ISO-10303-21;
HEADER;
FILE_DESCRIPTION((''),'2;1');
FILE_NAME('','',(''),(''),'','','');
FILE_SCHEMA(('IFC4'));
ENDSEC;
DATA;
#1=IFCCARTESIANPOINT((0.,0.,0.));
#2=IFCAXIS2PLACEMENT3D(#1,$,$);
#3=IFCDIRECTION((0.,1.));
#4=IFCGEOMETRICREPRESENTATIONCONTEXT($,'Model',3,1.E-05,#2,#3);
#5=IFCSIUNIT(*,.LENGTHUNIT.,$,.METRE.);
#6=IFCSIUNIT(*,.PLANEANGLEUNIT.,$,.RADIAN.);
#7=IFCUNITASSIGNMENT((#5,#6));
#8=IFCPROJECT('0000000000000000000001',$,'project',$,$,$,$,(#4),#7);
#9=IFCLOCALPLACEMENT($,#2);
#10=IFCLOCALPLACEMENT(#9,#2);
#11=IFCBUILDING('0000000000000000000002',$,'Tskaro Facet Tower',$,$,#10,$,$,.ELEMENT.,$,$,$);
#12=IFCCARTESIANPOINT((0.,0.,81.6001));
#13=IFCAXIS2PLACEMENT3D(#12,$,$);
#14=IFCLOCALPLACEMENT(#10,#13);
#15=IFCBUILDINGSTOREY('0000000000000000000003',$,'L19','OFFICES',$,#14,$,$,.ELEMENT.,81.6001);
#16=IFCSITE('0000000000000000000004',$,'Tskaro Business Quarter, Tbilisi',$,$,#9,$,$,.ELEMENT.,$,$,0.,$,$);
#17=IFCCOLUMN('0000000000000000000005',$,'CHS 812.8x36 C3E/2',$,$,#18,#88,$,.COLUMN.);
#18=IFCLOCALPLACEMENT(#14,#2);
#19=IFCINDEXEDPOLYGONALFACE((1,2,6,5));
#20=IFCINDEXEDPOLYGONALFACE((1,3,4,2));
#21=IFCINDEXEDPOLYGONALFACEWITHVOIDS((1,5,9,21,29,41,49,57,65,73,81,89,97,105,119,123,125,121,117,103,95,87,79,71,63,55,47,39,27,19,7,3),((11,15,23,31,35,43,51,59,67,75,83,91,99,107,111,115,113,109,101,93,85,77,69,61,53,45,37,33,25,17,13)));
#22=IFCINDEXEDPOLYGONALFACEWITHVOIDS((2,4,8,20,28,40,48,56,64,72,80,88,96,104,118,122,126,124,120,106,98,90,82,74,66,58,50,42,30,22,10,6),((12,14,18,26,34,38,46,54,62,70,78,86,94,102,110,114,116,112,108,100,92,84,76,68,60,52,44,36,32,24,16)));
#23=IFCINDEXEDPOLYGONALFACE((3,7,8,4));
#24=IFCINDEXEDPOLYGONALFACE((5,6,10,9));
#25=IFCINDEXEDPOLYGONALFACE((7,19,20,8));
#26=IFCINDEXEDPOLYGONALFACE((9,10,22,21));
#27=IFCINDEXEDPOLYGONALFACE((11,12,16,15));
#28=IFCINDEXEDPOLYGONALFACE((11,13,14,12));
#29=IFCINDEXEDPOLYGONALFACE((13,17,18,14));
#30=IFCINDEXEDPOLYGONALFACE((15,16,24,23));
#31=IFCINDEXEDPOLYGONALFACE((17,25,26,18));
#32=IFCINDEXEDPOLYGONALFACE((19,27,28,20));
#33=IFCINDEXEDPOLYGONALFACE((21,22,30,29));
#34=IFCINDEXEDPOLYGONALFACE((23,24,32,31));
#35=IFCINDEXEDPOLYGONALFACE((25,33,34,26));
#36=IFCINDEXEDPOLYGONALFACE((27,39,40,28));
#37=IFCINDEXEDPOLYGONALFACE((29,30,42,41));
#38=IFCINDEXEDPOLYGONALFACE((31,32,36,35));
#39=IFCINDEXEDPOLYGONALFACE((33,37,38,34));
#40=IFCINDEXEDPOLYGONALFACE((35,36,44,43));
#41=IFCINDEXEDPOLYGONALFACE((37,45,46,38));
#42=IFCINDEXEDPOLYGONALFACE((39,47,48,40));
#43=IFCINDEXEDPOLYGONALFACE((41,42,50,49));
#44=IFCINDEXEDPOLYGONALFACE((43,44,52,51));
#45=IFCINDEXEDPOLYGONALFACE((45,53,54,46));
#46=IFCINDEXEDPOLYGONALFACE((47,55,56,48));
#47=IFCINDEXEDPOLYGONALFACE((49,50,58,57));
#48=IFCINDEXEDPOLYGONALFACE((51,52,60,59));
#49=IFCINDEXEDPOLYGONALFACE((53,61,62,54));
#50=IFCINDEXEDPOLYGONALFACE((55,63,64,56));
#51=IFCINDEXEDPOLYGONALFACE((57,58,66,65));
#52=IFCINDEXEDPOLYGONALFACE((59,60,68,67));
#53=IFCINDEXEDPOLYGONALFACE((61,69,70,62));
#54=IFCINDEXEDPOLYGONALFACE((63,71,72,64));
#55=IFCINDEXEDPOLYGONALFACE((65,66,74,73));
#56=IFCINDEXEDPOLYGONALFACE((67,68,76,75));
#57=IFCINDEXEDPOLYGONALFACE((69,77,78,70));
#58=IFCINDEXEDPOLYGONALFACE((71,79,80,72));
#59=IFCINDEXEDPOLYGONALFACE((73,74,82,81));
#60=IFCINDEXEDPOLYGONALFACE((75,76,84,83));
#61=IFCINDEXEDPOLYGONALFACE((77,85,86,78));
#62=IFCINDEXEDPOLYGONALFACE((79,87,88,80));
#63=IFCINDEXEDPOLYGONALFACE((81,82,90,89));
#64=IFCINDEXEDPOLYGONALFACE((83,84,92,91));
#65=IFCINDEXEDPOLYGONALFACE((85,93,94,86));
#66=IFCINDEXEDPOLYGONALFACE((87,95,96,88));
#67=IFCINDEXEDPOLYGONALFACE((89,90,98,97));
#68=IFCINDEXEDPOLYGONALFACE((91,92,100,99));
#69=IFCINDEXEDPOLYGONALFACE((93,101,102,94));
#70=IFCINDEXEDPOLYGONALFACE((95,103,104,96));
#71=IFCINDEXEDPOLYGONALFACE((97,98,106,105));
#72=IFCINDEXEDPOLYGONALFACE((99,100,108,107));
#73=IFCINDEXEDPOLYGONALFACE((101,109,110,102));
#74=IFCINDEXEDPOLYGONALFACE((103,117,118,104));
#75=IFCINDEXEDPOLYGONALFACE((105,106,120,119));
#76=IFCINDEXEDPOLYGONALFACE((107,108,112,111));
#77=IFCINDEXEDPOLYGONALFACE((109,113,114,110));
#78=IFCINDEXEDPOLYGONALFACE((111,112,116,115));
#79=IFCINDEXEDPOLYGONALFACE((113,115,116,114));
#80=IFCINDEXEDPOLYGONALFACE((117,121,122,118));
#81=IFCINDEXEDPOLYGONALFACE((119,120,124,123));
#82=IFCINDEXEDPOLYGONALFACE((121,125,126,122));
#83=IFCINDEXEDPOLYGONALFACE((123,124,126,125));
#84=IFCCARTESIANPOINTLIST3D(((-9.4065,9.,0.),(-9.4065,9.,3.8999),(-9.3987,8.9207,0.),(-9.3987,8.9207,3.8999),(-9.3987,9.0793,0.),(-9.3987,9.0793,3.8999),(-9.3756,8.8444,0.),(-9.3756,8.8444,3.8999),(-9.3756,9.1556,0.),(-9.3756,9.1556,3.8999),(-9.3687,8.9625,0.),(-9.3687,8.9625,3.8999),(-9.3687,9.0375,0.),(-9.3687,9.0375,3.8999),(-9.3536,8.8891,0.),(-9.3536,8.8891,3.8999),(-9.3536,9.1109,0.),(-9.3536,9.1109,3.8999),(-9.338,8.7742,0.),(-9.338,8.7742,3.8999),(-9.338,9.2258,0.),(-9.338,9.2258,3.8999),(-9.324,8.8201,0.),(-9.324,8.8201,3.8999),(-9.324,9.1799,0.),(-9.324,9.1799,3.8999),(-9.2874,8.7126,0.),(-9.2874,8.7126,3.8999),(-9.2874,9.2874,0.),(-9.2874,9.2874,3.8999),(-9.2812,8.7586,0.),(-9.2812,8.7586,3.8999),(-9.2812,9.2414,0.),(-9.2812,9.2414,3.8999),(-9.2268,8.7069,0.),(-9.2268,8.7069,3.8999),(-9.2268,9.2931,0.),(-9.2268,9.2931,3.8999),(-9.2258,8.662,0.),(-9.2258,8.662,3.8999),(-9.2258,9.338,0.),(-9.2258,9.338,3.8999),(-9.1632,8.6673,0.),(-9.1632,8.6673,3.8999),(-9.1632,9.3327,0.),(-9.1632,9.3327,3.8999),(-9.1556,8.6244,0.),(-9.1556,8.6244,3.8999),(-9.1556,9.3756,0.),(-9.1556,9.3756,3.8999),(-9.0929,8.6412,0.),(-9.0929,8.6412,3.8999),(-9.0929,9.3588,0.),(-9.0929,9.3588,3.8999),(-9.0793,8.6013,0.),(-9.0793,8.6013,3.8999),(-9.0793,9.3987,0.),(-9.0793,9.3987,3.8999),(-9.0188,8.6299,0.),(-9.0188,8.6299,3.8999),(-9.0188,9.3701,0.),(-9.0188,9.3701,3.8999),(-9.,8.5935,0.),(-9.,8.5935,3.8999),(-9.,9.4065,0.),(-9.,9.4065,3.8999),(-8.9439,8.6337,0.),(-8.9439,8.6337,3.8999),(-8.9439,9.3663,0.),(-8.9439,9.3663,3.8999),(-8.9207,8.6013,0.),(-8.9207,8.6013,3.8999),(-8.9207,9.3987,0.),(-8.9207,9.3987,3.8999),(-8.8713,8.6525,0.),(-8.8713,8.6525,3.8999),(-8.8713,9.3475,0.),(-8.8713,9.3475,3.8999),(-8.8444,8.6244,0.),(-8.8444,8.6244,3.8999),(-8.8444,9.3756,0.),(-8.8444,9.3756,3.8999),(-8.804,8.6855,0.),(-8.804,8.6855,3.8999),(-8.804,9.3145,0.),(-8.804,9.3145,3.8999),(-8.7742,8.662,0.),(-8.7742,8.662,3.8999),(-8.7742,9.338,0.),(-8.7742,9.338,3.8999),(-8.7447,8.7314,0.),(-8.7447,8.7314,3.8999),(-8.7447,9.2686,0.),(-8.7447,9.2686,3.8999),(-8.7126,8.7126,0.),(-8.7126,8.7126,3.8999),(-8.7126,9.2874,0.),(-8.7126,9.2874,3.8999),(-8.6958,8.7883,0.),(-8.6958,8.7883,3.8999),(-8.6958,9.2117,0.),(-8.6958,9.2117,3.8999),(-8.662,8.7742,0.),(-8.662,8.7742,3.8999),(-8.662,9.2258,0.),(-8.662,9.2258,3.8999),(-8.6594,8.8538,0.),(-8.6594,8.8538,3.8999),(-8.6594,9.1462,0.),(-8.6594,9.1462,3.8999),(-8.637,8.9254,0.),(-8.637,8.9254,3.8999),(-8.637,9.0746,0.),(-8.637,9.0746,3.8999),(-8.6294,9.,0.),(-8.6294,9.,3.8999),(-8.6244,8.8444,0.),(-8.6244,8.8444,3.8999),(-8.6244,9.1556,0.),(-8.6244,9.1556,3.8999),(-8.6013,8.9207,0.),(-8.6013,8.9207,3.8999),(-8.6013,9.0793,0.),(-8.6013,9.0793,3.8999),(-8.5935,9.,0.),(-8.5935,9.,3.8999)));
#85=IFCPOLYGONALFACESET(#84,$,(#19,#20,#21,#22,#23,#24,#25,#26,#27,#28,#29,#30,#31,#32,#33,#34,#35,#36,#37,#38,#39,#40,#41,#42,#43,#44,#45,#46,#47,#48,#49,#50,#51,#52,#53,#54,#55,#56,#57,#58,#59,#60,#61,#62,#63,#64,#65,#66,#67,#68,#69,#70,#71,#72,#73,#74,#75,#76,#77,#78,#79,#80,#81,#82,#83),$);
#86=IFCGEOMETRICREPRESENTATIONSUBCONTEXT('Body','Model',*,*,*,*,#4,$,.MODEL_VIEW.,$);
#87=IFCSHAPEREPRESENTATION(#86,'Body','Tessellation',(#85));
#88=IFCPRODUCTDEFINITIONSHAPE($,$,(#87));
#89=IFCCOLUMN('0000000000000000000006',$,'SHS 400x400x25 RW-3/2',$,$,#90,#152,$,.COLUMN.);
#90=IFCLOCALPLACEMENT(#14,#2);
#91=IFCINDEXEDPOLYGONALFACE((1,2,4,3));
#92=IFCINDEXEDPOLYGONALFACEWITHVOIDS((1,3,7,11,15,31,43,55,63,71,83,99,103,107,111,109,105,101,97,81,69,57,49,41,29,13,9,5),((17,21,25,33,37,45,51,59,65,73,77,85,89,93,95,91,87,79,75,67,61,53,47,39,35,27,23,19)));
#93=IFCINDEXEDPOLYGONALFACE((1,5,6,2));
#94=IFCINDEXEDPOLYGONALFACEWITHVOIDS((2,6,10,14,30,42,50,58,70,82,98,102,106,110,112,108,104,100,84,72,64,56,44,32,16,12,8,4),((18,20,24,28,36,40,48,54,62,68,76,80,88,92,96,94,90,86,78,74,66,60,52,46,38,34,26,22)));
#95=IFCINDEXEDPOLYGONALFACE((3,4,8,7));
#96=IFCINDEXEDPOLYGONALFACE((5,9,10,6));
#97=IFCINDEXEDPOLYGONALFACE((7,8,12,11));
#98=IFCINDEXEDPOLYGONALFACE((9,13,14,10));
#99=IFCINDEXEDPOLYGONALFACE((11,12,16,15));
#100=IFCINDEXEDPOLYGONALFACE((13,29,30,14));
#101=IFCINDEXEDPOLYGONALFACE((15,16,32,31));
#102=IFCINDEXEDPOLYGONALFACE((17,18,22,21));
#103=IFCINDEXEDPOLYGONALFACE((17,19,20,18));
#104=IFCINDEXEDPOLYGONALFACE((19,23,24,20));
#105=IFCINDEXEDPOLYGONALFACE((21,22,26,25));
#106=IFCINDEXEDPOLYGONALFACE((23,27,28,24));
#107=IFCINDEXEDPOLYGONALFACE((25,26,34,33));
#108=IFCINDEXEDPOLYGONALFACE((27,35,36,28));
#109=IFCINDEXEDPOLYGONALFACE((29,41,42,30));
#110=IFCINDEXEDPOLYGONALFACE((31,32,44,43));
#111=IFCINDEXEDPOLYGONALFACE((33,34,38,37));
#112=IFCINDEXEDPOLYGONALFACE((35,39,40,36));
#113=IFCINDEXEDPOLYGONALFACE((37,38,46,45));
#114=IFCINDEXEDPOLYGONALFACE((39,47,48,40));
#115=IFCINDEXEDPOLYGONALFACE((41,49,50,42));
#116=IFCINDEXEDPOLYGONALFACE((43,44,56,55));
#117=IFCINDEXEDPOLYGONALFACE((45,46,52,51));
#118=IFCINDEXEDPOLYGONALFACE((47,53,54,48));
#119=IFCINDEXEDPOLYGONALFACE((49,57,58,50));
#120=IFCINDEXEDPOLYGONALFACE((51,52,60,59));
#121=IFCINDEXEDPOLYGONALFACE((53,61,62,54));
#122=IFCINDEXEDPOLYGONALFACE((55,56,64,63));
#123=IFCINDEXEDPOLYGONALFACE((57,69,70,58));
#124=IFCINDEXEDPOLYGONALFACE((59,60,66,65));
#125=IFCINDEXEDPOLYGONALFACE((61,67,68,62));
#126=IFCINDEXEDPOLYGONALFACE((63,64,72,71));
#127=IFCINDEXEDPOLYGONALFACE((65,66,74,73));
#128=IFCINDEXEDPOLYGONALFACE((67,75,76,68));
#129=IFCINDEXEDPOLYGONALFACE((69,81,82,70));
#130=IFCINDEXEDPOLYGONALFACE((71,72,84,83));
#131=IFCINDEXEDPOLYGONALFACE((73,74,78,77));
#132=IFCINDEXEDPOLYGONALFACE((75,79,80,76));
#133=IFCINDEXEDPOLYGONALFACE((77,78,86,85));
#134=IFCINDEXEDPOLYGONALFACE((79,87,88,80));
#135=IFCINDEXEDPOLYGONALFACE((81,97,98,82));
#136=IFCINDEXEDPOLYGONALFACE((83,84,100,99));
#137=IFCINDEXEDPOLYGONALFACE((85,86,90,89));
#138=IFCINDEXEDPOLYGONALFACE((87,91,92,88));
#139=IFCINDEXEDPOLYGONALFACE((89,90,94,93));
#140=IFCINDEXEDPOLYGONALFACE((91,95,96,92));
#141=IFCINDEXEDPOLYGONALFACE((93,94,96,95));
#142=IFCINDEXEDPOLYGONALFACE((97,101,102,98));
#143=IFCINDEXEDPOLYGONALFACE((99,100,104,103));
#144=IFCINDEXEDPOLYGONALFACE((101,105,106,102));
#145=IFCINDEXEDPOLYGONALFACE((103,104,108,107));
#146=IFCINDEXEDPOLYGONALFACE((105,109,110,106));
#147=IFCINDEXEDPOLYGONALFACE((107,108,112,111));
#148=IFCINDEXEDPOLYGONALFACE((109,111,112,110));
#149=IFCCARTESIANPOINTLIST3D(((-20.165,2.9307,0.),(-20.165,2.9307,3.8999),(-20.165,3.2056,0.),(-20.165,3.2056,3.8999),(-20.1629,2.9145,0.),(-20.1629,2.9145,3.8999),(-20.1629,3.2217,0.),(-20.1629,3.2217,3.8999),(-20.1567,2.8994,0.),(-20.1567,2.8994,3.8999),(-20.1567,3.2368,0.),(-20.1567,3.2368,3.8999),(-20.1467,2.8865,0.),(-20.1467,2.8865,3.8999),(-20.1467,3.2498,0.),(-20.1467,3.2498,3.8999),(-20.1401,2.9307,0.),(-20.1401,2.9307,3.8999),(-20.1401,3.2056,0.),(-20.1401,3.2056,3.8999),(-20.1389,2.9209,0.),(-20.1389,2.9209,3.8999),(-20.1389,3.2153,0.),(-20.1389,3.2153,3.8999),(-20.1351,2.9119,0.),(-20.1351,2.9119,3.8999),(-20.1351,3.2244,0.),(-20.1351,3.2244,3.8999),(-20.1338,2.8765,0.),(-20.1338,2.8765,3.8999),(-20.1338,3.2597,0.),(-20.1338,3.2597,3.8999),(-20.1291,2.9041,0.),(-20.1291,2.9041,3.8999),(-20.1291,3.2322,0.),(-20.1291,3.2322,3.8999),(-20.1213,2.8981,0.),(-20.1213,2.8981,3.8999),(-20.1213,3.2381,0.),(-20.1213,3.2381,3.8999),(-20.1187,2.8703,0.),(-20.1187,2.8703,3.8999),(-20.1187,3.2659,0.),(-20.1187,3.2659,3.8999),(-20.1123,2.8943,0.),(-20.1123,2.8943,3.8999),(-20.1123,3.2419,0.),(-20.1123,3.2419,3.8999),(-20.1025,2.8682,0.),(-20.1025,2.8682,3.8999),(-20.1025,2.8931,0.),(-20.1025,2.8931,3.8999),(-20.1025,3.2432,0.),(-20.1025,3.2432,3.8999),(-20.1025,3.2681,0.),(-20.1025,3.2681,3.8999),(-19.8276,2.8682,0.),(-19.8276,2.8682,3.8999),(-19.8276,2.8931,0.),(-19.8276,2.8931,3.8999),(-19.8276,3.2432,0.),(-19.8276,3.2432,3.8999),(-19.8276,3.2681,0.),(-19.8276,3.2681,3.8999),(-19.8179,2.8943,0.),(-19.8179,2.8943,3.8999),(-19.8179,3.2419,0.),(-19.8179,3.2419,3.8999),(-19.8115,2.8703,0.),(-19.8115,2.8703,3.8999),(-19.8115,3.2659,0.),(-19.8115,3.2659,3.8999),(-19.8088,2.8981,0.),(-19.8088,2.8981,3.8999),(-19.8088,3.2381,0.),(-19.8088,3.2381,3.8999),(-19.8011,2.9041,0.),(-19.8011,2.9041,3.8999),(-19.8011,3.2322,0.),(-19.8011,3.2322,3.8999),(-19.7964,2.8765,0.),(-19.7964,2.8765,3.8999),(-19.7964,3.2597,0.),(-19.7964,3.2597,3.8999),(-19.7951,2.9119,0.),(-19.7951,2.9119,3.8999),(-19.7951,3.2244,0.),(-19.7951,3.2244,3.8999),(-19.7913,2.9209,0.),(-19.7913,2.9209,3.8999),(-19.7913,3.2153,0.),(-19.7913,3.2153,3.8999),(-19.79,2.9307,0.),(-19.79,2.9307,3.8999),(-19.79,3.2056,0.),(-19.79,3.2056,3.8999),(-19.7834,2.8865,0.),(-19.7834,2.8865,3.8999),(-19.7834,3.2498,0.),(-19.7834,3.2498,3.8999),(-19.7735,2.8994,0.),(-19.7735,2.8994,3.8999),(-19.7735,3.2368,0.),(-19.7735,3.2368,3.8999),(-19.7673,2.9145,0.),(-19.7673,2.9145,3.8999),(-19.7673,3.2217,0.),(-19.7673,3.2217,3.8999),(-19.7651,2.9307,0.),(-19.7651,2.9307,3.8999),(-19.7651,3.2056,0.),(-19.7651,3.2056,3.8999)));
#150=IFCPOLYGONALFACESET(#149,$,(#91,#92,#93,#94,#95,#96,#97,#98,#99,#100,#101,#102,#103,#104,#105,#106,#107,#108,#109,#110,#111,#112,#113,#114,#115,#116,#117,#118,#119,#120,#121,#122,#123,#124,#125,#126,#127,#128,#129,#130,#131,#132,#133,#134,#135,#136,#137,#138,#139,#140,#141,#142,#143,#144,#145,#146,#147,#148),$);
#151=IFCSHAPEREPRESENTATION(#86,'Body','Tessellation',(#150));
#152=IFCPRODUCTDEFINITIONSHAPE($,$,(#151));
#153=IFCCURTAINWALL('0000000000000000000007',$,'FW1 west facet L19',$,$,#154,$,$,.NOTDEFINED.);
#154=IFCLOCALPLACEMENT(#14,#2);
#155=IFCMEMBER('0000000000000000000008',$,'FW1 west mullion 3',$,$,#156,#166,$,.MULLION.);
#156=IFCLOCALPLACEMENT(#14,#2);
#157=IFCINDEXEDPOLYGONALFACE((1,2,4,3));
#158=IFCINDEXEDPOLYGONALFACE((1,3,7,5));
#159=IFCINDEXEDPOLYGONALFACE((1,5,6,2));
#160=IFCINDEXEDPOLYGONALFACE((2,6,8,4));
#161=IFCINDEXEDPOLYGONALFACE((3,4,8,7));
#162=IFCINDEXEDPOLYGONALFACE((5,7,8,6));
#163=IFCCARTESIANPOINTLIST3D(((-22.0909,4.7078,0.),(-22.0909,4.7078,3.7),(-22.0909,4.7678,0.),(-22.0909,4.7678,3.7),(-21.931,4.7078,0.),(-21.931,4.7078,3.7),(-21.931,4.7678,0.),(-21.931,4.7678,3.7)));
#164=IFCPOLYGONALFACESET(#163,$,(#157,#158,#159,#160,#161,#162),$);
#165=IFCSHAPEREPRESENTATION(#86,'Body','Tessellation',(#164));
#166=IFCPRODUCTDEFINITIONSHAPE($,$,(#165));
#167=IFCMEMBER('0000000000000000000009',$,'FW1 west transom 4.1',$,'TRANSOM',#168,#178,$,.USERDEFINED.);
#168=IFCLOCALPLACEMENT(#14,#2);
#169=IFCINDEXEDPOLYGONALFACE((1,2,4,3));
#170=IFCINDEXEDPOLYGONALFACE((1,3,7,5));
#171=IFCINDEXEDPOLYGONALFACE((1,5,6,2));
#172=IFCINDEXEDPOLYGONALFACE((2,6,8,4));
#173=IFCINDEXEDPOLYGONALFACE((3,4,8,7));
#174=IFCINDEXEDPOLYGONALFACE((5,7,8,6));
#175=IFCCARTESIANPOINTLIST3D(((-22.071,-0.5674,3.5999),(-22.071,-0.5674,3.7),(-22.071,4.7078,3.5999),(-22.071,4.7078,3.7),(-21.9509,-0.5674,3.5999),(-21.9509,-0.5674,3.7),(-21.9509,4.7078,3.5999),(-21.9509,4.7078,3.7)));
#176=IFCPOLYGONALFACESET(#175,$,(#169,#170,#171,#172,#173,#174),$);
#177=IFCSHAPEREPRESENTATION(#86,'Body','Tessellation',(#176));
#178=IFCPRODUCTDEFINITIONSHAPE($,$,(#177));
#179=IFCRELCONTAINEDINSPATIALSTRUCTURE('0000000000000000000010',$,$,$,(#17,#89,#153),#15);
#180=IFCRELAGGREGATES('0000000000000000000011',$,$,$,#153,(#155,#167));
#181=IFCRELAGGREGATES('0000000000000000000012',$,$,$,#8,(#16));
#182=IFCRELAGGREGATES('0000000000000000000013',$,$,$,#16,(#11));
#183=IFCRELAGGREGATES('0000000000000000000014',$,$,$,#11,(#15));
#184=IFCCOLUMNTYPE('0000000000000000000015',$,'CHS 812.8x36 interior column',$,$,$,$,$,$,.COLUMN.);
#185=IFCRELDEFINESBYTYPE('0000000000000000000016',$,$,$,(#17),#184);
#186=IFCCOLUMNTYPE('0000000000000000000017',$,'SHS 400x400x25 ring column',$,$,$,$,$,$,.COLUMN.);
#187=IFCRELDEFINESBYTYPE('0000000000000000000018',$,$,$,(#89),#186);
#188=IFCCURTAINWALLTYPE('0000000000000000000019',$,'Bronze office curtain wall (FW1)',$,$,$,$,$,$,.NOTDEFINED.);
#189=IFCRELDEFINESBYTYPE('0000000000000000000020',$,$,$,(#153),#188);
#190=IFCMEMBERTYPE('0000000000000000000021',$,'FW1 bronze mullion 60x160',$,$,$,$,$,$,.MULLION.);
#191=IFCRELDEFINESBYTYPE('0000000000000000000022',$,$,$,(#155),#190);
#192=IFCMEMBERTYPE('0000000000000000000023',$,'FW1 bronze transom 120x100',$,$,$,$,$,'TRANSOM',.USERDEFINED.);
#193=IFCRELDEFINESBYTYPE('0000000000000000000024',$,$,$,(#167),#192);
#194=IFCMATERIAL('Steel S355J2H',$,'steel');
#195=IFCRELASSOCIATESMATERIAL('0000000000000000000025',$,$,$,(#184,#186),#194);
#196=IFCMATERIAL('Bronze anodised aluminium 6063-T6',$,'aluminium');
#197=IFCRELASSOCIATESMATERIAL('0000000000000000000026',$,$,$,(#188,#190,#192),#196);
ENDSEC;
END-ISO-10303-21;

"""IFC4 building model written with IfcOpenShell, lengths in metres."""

from ifc_helpers import new_model, si_unit, direction, frame, origin, origin_2d, place, context, subcontext, project, spatial, rectangle, hollow_rectangle, hollow_circle, extrude, material, material_profile, profile_set, type_object, element, aggregate, save


model = new_model("IFC4")

# Units and contexts
model_context = context("Model", 3, precision=1e-05, world=origin(), true_north=direction((0.0, 1.0)))
body_context = subcontext(model_context, "Body", "Model", "MODEL_VIEW")
ifc_project = project(units=[si_unit("LENGTHUNIT", "METRE"), si_unit("PLANEANGLEUNIT", "RADIAN")], contexts=[model_context])

# Site, building, storey
site_placement = place(None, origin())
site = spatial("IfcSite", under=ifc_project, at=site_placement, Name="Tskaro Business Quarter, Tbilisi", CompositionType="ELEMENT", RefElevation=0.0)
building_placement = place(site_placement, origin())
building = spatial("IfcBuilding", under=site, at=building_placement, Name="Tskaro Facet Tower", CompositionType="ELEMENT")
storey_placement = place(building_placement, frame((0.0, 0.0, 81.6001)))
storey = spatial("IfcBuildingStorey", under=building, at=storey_placement, Name="L19", Description="OFFICES", CompositionType="ELEMENT", Elevation=81.6001)

# Columns
ifc_material_1 = material(Name="Steel S355J2H", Category="steel")
ifc_material_profile_1 = material_profile(ifc_material_1, hollow_circle(Radius=0.4065, WallThickness=0.0359, at=origin_2d()), Name="CHS 812.8x36")
ifc_profile_set_1 = profile_set([ifc_material_profile_1], Name="Steel S355J2H")
column_type_1 = type_object("IfcColumnType", Name="CHS 812.8x36 interior column", PredefinedType="COLUMN", material=ifc_profile_set_1)
column_1_placement = place(storey_placement, frame((-9.0, 9.0, 0.0), z_axis=(0.0, 0.0, 1.0), x_axis=(1.0, 0.0, 0.0)))
element("IfcColumn", 1, at=column_1_placement, inside=storey, type_object=column_type_1, Name="CHS 812.8x36 C3E/2", PredefinedType="COLUMN", context=body_context, shape_type="SweptSolid", body=[
    extrude(hollow_circle(Radius=0.4065, WallThickness=0.0359, at=origin_2d()), origin(), (0.0, 0.0, 1.0), 3.8999),
])
ifc_material_profile_2 = material_profile(ifc_material_1, hollow_rectangle(XDim=0.3999, YDim=0.3999, WallThickness=0.0249, InnerFilletRadius=0.0376, OuterFilletRadius=0.0625, at=origin_2d()), Name="SHS 400x400x25")
ifc_profile_set_2 = profile_set([ifc_material_profile_2], Name="Steel S355J2H")
column_type_2 = type_object("IfcColumnType", Name="SHS 400x400x25 ring column", PredefinedType="COLUMN", material=ifc_profile_set_2)
column_2_placement = place(storey_placement, frame((-19.9651, 3.0681, 0.0), z_axis=(0.0, 0.0, 1.0), x_axis=(1.0, 0.0, 0.0)))
element("IfcColumn", 2, at=column_2_placement, inside=storey, type_object=column_type_2, Name="SHS 400x400x25 RW-3/2", PredefinedType="COLUMN", context=body_context, shape_type="SweptSolid", body=[
    extrude(hollow_rectangle(XDim=0.3999, YDim=0.3999, WallThickness=0.0249, InnerFilletRadius=0.0376, OuterFilletRadius=0.0625, at=origin_2d()), origin(), (0.0, 0.0, 1.0), 3.8999),
])

# Curtain wall, members
ifc_material_2 = material(Name="Bronze anodised aluminium 6063-T6", Category="aluminium")
curtain_wall_type = type_object("IfcCurtainWallType", Name="Bronze office curtain wall (FW1)", PredefinedType="NOTDEFINED", material=ifc_material_2)
curtain_wall_placement = place(storey_placement, origin())
curtain_wall = element("IfcCurtainWall", 3, at=curtain_wall_placement, inside=storey, type_object=curtain_wall_type, Name="FW1 west facet L19", PredefinedType="NOTDEFINED")
ifc_material_profile_3 = material_profile(ifc_material_2, rectangle(XDim=0.0601, YDim=0.1599, at=origin_2d()), Name="Mullion 60x160")
ifc_profile_set_3 = profile_set([ifc_material_profile_3], Name="Bronze anodised aluminium 6063-T6")
member_type_1 = type_object("IfcMemberType", Name="FW1 bronze mullion 60x160", PredefinedType="MULLION", material=ifc_profile_set_3)
member_1_placement = place(storey_placement, frame((-22.011, 4.7378, 0.0), z_axis=(0.0, 0.0, 1.0), x_axis=(0.0, -1.0, 0.0)))
member_1 = element("IfcMember", 4, at=member_1_placement, type_object=member_type_1, Name="FW1 west mullion 3", PredefinedType="MULLION", context=body_context, shape_type="SweptSolid", body=[
    extrude(rectangle(XDim=0.0601, YDim=0.1599, at=origin_2d()), origin(), (0.0, 0.0, 1.0), 3.7),
])
ifc_material_profile_4 = material_profile(ifc_material_2, rectangle(XDim=0.1201, YDim=0.1001, at=origin_2d()), Name="Transom 120x100")
ifc_profile_set_4 = profile_set([ifc_material_profile_4], Name="Bronze anodised aluminium 6063-T6")
member_type_2 = type_object("IfcMemberType", Name="FW1 bronze transom 120x100", ElementType="TRANSOM", PredefinedType="USERDEFINED", material=ifc_profile_set_4)
member_2_placement = place(storey_placement, frame((-22.011, 4.7078, 3.6499), z_axis=(0.0, -1.0, 0.0), x_axis=(1.0, 0.0, 0.0)))
member_2 = element("IfcMember", 5, at=member_2_placement, type_object=member_type_2, Name="FW1 west transom 4.1", ObjectType="TRANSOM", PredefinedType="USERDEFINED", context=body_context, shape_type="SweptSolid", body=[
    extrude(rectangle(XDim=0.1201, YDim=0.1001, at=origin_2d()), origin(), (0.0, 0.0, 1.0), 5.2751),
])

aggregate(curtain_wall, [member_1, member_2])

save(model, "model.ifc")
